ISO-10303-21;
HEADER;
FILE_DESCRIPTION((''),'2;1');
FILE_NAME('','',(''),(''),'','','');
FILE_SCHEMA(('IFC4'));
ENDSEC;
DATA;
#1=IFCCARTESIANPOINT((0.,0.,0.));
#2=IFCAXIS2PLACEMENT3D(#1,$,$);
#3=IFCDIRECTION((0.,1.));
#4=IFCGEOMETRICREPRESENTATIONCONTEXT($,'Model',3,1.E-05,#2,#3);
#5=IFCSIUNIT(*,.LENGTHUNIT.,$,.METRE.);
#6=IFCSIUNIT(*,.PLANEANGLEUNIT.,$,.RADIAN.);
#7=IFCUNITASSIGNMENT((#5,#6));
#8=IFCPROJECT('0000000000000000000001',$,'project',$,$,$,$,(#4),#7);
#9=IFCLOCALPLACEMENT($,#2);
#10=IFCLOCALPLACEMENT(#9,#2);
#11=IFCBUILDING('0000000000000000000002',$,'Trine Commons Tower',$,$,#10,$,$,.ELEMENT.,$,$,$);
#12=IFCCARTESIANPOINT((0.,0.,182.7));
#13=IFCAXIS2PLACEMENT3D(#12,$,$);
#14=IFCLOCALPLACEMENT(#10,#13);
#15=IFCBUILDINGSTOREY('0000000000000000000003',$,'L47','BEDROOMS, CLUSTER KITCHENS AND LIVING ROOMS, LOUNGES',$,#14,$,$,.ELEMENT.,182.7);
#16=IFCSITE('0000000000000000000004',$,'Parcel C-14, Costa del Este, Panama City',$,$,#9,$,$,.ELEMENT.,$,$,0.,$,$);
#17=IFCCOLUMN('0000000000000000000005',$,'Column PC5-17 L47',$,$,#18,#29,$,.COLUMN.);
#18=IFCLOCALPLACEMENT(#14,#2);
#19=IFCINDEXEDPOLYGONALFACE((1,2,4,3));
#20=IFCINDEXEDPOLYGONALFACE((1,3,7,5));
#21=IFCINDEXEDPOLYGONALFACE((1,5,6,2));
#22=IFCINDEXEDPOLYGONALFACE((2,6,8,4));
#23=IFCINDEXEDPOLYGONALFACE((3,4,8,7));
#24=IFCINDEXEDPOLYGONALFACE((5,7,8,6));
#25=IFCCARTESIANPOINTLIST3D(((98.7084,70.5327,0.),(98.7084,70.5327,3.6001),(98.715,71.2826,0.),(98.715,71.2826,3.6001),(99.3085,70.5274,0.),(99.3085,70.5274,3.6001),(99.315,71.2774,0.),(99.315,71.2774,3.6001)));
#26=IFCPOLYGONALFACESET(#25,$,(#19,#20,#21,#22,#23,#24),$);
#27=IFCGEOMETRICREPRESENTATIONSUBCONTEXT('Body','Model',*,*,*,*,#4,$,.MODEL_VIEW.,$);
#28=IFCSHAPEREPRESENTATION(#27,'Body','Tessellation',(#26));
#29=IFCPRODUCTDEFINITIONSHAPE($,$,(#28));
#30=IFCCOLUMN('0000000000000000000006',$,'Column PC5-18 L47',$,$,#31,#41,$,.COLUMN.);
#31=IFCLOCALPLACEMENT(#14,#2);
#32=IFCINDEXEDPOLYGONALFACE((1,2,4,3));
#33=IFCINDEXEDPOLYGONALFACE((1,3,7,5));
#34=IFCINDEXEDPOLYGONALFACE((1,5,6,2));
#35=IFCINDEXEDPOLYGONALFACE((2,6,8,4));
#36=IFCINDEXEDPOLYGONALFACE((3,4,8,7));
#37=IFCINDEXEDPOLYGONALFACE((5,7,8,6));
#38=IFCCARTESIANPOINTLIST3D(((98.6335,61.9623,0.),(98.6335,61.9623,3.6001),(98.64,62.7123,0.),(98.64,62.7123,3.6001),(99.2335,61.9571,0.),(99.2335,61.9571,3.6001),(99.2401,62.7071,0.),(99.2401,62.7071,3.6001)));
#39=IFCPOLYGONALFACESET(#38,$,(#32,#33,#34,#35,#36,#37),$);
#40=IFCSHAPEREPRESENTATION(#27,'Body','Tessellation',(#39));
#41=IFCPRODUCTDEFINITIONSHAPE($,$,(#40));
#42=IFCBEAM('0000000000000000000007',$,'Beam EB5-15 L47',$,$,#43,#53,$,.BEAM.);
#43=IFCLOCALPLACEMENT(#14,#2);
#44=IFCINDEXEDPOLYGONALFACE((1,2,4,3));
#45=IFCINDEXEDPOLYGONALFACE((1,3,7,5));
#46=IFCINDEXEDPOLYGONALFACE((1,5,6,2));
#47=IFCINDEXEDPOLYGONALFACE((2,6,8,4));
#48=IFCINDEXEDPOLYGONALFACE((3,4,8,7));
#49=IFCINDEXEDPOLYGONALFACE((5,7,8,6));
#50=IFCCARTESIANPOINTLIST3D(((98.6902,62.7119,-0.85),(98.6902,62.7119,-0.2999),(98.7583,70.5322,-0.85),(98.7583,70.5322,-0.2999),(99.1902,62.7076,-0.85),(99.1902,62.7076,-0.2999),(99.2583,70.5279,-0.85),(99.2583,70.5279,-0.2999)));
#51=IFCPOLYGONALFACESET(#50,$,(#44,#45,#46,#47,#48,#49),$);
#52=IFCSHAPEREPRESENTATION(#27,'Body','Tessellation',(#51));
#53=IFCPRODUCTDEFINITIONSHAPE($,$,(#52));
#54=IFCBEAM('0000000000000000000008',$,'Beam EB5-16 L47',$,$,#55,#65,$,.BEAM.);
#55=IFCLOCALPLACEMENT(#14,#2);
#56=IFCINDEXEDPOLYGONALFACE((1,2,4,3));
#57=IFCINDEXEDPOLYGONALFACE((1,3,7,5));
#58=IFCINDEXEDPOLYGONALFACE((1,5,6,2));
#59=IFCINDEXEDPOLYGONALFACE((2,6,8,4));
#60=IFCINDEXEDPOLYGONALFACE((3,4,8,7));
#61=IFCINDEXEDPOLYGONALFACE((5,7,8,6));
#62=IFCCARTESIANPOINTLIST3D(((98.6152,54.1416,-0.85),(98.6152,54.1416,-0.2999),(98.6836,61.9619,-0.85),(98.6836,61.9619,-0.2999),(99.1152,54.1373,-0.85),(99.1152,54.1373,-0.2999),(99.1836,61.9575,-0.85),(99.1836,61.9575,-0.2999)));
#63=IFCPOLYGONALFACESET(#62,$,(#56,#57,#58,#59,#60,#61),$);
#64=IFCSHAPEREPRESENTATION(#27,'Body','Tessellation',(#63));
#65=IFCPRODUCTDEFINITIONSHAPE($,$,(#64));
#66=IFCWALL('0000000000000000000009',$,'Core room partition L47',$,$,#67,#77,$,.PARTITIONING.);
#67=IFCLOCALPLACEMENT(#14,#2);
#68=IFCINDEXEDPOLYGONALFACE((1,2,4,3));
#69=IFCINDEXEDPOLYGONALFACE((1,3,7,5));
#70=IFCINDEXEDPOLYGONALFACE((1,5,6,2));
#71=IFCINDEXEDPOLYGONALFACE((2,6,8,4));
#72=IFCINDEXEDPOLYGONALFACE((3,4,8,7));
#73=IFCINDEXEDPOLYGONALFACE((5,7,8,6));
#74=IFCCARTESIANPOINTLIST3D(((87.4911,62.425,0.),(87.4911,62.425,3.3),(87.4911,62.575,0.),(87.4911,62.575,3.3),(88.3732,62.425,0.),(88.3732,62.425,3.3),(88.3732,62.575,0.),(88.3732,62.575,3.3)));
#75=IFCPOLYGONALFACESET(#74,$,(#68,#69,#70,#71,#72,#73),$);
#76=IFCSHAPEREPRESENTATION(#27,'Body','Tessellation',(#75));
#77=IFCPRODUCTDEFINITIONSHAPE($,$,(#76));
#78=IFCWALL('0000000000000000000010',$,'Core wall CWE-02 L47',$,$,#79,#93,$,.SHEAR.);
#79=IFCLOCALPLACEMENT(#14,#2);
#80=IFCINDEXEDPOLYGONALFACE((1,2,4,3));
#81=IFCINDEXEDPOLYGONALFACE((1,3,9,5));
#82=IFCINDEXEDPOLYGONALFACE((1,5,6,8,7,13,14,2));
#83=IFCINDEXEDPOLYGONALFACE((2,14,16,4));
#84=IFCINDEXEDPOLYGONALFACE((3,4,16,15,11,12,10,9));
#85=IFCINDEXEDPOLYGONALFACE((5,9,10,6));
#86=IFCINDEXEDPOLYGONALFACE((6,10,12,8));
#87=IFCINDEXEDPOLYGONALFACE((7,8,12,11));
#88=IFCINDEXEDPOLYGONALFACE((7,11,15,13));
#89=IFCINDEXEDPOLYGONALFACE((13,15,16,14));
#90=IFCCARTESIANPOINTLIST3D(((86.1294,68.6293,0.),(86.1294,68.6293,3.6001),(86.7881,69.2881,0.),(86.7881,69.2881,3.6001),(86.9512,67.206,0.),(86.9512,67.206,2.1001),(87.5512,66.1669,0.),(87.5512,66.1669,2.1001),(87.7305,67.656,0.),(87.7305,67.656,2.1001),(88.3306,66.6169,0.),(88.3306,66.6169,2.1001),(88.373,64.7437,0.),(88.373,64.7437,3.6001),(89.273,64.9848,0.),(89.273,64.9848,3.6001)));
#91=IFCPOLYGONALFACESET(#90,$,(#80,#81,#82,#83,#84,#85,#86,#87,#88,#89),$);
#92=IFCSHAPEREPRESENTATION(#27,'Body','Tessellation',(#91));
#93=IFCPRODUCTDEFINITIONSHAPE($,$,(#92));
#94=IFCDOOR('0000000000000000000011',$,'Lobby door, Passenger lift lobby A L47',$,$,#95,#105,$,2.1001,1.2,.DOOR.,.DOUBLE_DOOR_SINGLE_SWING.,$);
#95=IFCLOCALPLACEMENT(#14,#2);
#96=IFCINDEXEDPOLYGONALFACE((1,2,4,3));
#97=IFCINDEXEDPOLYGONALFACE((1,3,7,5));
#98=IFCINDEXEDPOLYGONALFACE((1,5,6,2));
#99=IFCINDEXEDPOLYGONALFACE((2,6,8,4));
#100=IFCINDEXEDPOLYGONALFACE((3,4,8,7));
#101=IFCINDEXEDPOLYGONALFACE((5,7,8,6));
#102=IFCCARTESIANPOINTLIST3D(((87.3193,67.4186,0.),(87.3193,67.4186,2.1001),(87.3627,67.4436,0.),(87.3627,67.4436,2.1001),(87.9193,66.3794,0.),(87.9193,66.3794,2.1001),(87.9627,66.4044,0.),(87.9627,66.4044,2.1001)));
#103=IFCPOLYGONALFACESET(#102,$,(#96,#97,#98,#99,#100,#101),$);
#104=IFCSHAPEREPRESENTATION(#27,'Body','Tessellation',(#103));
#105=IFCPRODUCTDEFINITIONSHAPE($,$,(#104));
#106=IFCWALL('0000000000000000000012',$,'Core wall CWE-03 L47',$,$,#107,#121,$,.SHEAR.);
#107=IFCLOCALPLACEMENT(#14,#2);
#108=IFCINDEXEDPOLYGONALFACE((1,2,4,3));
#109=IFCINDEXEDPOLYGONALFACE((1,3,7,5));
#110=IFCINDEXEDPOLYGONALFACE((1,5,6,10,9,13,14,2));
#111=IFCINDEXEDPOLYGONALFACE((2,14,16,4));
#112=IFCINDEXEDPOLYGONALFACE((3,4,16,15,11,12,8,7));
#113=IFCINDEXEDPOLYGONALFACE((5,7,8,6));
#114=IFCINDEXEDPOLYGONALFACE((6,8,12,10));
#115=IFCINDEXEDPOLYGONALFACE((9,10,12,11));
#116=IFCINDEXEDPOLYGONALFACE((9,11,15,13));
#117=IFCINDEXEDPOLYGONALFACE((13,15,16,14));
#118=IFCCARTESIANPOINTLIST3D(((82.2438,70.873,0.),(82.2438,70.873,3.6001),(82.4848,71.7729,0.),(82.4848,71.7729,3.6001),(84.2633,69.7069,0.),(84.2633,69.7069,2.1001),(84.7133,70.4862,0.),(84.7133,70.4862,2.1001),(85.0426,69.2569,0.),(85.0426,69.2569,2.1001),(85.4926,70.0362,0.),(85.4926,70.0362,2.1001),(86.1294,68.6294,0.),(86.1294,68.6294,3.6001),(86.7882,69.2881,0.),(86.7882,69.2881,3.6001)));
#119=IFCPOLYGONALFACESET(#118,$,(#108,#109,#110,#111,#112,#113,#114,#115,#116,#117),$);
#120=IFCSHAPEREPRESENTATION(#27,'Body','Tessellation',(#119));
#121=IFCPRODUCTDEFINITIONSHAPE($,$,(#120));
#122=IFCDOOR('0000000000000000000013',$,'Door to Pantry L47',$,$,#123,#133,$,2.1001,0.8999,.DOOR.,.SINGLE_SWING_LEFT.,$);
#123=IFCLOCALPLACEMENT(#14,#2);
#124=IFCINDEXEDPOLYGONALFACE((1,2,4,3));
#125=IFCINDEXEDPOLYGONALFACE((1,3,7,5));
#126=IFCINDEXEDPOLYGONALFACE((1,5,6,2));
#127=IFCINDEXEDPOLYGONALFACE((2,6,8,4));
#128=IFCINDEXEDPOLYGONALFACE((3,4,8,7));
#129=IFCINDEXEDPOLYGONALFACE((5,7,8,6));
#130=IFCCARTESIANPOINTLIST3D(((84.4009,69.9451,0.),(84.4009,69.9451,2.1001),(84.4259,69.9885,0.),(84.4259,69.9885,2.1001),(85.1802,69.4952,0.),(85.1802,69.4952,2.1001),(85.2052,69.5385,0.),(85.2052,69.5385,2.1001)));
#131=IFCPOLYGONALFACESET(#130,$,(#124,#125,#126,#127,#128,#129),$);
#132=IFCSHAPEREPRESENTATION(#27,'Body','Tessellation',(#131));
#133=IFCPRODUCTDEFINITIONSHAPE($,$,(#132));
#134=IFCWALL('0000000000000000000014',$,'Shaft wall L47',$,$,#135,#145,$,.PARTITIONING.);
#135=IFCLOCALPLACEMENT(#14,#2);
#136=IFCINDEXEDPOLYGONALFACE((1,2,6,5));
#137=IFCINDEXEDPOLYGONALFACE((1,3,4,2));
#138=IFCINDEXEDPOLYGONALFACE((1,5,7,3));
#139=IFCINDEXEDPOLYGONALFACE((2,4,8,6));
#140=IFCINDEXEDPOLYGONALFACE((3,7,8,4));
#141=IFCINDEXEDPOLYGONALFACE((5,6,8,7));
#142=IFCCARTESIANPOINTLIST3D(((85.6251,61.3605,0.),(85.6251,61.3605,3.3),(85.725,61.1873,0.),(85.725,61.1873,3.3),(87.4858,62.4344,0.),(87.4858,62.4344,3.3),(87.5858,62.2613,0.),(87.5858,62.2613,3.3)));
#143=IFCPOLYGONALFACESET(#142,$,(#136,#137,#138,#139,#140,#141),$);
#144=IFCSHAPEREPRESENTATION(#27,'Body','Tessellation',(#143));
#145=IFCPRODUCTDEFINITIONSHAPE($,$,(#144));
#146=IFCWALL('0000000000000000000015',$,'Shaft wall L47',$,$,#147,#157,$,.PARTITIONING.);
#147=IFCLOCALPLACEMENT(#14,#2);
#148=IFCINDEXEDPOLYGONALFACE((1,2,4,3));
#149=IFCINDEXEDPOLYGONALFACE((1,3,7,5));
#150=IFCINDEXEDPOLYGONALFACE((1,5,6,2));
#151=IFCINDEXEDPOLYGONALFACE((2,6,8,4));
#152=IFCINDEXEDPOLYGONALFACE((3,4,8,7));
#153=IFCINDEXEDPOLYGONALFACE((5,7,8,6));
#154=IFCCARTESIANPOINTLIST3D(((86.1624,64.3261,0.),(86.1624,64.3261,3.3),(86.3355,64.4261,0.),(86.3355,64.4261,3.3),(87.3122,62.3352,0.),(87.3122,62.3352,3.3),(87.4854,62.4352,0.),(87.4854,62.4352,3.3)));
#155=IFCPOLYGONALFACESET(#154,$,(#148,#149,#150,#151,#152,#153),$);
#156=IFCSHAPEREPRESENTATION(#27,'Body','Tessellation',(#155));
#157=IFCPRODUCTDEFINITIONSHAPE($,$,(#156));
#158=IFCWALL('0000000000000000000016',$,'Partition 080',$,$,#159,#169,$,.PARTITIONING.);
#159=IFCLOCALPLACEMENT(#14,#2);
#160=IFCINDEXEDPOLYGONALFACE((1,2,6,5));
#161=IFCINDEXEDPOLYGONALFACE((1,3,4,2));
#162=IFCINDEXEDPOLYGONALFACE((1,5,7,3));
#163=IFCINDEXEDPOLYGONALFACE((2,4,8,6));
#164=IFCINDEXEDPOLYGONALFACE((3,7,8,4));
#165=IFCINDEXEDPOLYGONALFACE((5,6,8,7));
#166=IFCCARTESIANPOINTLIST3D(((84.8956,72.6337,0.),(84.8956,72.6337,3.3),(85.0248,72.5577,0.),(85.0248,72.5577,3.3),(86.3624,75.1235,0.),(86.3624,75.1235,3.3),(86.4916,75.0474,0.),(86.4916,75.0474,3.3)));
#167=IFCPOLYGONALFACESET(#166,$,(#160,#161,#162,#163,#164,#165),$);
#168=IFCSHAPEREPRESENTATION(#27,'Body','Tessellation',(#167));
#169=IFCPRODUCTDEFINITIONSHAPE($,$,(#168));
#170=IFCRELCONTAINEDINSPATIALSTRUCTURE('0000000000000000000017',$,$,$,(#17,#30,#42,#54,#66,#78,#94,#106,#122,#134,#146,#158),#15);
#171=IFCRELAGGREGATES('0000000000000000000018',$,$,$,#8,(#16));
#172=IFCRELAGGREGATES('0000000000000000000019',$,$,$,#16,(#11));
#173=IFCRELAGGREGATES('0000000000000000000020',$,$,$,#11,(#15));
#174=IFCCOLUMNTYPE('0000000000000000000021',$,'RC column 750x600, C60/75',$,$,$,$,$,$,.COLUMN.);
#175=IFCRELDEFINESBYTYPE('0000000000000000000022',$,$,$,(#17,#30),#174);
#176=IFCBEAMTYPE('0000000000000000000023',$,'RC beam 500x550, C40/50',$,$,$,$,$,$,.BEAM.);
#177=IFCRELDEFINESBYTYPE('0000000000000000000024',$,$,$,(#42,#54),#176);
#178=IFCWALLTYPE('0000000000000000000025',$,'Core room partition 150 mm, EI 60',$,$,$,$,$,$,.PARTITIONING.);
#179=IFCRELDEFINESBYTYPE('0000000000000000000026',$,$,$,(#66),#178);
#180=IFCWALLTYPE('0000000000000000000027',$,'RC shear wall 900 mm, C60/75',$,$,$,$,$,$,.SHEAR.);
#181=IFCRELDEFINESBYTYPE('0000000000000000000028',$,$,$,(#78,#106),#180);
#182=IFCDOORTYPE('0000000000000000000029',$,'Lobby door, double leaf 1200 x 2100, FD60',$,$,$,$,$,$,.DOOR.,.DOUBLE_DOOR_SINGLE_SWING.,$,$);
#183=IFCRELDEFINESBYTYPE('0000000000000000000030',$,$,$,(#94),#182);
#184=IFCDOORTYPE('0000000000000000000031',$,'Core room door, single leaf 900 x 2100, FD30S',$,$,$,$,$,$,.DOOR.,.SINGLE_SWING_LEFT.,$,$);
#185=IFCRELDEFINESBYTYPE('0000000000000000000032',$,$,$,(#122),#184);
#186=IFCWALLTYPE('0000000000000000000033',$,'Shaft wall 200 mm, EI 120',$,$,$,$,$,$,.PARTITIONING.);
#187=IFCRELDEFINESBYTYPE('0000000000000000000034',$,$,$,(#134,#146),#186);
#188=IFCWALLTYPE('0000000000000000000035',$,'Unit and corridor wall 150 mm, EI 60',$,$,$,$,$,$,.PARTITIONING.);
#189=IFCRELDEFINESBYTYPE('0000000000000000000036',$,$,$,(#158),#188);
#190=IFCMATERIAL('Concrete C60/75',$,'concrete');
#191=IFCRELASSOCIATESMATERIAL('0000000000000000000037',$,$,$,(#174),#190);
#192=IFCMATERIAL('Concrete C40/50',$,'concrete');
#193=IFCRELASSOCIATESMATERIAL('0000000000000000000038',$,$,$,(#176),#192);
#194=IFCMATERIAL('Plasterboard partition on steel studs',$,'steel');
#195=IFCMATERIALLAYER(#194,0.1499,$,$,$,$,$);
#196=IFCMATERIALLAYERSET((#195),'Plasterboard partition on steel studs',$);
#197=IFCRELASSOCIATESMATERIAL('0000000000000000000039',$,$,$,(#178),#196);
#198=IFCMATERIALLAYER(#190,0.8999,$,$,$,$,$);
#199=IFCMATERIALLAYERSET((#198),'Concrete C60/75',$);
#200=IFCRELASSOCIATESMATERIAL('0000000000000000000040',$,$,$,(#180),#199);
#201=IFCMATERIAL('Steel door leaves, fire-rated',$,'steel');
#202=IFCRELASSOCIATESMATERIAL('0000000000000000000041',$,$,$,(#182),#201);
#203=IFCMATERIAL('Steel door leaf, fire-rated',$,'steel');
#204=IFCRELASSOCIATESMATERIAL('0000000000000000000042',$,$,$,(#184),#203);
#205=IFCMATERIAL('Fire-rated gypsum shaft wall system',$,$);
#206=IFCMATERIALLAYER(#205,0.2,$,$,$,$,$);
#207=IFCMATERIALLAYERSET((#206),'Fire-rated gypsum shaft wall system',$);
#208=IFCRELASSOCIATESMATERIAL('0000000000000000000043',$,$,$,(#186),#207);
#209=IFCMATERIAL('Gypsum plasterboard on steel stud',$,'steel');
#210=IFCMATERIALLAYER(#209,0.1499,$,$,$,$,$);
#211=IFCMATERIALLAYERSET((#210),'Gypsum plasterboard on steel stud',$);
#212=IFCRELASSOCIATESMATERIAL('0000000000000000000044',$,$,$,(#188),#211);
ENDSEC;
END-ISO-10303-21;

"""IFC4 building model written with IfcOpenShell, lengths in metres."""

from ifc_helpers import new_model, si_unit, direction, frame, frame_2d, origin, origin_2d, place, context, subcontext, project, spatial, polyline, rectangle, outline, extrude, material, layer, layer_set, material_profile, profile_set, type_object, element, fill, save


model = new_model("IFC4")

# Units and contexts
model_context = context("Model", 3, precision=1e-05, world=origin(), true_north=direction((0.0, 1.0)))
body_context = subcontext(model_context, "Body", "Model", "MODEL_VIEW")
ifc_project = project(units=[si_unit("LENGTHUNIT", "METRE"), si_unit("PLANEANGLEUNIT", "RADIAN")], contexts=[model_context])

# Site, building, storey
site_placement = place(None, origin())
site = spatial("IfcSite", under=ifc_project, at=site_placement, Name="Parcel C-14, Costa del Este, Panama City", CompositionType="ELEMENT", RefElevation=0.0)
building_placement = place(site_placement, origin())
building = spatial("IfcBuilding", under=site, at=building_placement, Name="Trine Commons Tower", CompositionType="ELEMENT")
storey_placement = place(building_placement, frame((0.0, 0.0, 182.7)))
storey = spatial("IfcBuildingStorey", under=building, at=storey_placement, Name="L47", Description="BEDROOMS, CLUSTER KITCHENS AND LIVING ROOMS, LOUNGES", CompositionType="ELEMENT", Elevation=182.7)

# Columns
ifc_material_1 = material(Name="Concrete C60/75", Category="concrete")
ifc_material_profile_1 = material_profile(ifc_material_1, rectangle(XDim=0.75, YDim=0.6001, at=origin_2d()), Name="RC 750x600")
ifc_profile_set_1 = profile_set([ifc_material_profile_1], Name="Concrete C60/75")
column_type = type_object("IfcColumnType", Name="RC column 750x600, C60/75", PredefinedType="COLUMN", material=ifc_profile_set_1)
for number, where, z_axis, x_axis, name in (
    (1, (99.0117, 70.905, 0.0), (0.0, 0.0, 1.0), (0.008727, 0.999962, 0.0), "Column PC5-17 L47"),
    (2, (98.9368, 62.3347, 0.0), (0.0, 0.0, 1.0), (0.008727, 0.999962, 0.0), "Column PC5-18 L47"),
):
    element("IfcColumn", number, at=place(storey_placement, frame(where, z_axis=z_axis, x_axis=x_axis)), inside=storey, type_object=column_type, Name=name, PredefinedType="COLUMN", context=body_context, shape_type="SweptSolid", body=[
        extrude(rectangle(XDim=0.75, YDim=0.6001, at=origin_2d()), origin(), (0.0, 0.0, 1.0), 3.6001),
    ])

# Beams
ifc_material_2 = material(Name="Concrete C40/50", Category="concrete")
ifc_material_profile_2 = material_profile(ifc_material_2, rectangle(XDim=0.5, YDim=0.55, at=origin_2d()), Name="RC 500x550")
ifc_profile_set_2 = profile_set([ifc_material_profile_2], Name="Concrete C40/50")
beam_type = type_object("IfcBeamType", Name="RC beam 500x550, C40/50", PredefinedType="BEAM", material=ifc_profile_set_2)
for number, where, z_axis, x_axis, name in (
    (3, (99.0083, 70.53, -0.575), (-0.00871, -0.999962, 0.0), (0.999962, -0.00871, 0.0), "Beam EB5-15 L47"),
    (4, (98.9336, 61.9597, -0.575), (-0.008741, -0.999962, 0.0), (0.999962, -0.008741, 0.0), "Beam EB5-16 L47"),
):
    element("IfcBeam", number, at=place(storey_placement, frame(where, z_axis=z_axis, x_axis=x_axis)), inside=storey, type_object=beam_type, Name=name, PredefinedType="BEAM", context=body_context, shape_type="SweptSolid", body=[
        extrude(rectangle(XDim=0.5, YDim=0.55, at=origin_2d()), origin(), (0.0, 0.0, 1.0), 7.8206),
    ])

# Wall
ifc_material_3 = material(Name="Plasterboard partition on steel studs", Category="steel")
ifc_layer_1 = layer(ifc_material_3, 0.1499)
ifc_layer_set_1 = layer_set([ifc_layer_1], Name="Plasterboard partition on steel studs")
wall_type_1 = type_object("IfcWallType", Name="Core room partition 150 mm, EI 60", PredefinedType="PARTITIONING", material=ifc_layer_set_1)
wall_1_placement = place(storey_placement, frame((88.373, 62.5, 0.0), z_axis=(0.0, 0.0, 1.0), x_axis=(-1.0, 0.0, 0.0)))
element("IfcWall", 5, at=wall_1_placement, inside=storey, type_object=wall_type_1, Name="Core room partition L47", PredefinedType="PARTITIONING", context=body_context, shape_type="SweptSolid", body=[
    extrude(rectangle(XDim=0.8821, YDim=0.1499, at=frame_2d((0.4409, 0.0))), origin(), (0.0, 0.0, 1.0), 3.3),
])

# Walls, openings, doors
ifc_layer_2 = layer(ifc_material_1, 0.8999)
ifc_layer_set_2 = layer_set([ifc_layer_2], Name="Concrete C60/75")
wall_type_2 = type_object("IfcWallType", Name="RC shear wall 900 mm, C60/75", PredefinedType="SHEAR", material=ifc_layer_set_2)
wall_2_placement = place(storey_placement, frame((88.8833, 64.7598, 0.0), z_axis=(0.0, 0.0, 1.0), x_axis=(-0.500039, 0.866003, 0.0)))
wall_2 = element("IfcWall", 6, at=wall_2_placement, inside=storey, type_object=wall_type_2, Name="Core wall CWE-02 L47", PredefinedType="SHEAR", context=body_context, shape_type="SweptSolid", body=[
    extrude(outline(polyline([(0.0, -0.45), (4.9692, -0.45), (4.728, 0.45), (0.2412, 0.45), (0.0, -0.45)])), origin(), (0.0, 0.0, 1.0), 3.6001),
])
opening_1_placement = place(wall_2_placement, frame((1.8845, 0.0, 0.0)))
opening_1 = element("IfcOpeningElement", 7, at=opening_1_placement, cuts=wall_2, PredefinedType="OPENING", context=body_context, shape_type="SweptSolid", body=[
    extrude(rectangle(XDim=1.2, YDim=2.1001, at=frame_2d((0.6001, 1.05))), frame((0.0, 0.46, 0.0), z_axis=(0.0, -1.0, 0.0), x_axis=(1.0, 0.0, 0.0)), (0.0, 0.0, 1.0), 0.9199),
])
ifc_material_4 = material(Name="Steel door leaves, fire-rated", Category="steel")
door_type_1 = type_object("IfcDoorType", Name="Lobby door, double leaf 1200 x 2100, FD60", OperationType="DOUBLE_DOOR_SINGLE_SWING", PredefinedType="DOOR", material=ifc_material_4)
door_1_placement = place(opening_1_placement, origin())
door_1 = element("IfcDoor", 8, at=door_1_placement, inside=storey, type_object=door_type_1, Name="Lobby door, Passenger lift lobby A L47", OperationType="DOUBLE_DOOR_SINGLE_SWING", OverallHeight=2.1001, OverallWidth=1.2, PredefinedType="DOOR", context=body_context, shape_type="SweptSolid", body=[
    extrude(rectangle(XDim=1.2, YDim=2.1001, at=frame_2d((0.6001, 1.05))), frame((0.0, 0.0249, 0.0), z_axis=(0.0, -1.0, 0.0), x_axis=(1.0, 0.0, 0.0)), (0.0, 0.0, 1.0), 0.05),
])
fill(opening_1, door_1)
wall_3_placement = place(storey_placement, frame((86.5632, 68.8984, 0.0), z_axis=(0.0, 0.0, 1.0), x_axis=(-0.866003, 0.500039, 0.0)))
wall_3 = element("IfcWall", 9, at=wall_3_placement, inside=storey, type_object=wall_type_2, Name="Core wall CWE-03 L47", PredefinedType="SHEAR", context=body_context, shape_type="SweptSolid", body=[
    extrude(outline(polyline([(0.0, -0.45), (4.9692, -0.45), (4.728, 0.45), (0.2412, 0.45), (0.0, -0.45)])), origin(), (0.0, 0.0, 1.0), 3.6001),
])
opening_2_placement = place(wall_3_placement, frame((1.4961, 0.0, 0.0)))
opening_2 = element("IfcOpeningElement", 10, at=opening_2_placement, cuts=wall_3, PredefinedType="OPENING", context=body_context, shape_type="SweptSolid", body=[
    extrude(rectangle(XDim=0.8999, YDim=2.1001, at=frame_2d((0.45, 1.05))), frame((0.0, 0.46, 0.0), z_axis=(0.0, -1.0, 0.0), x_axis=(1.0, 0.0, 0.0)), (0.0, 0.0, 1.0), 0.9199),
])
ifc_material_5 = material(Name="Steel door leaf, fire-rated", Category="steel")
door_type_2 = type_object("IfcDoorType", Name="Core room door, single leaf 900 x 2100, FD30S", OperationType="SINGLE_SWING_LEFT", PredefinedType="DOOR", material=ifc_material_5)
door_2_placement = place(opening_2_placement, origin())
door_2 = element("IfcDoor", 11, at=door_2_placement, inside=storey, type_object=door_type_2, Name="Door to Pantry L47", OperationType="SINGLE_SWING_LEFT", OverallHeight=2.1001, OverallWidth=0.8999, PredefinedType="DOOR", context=body_context, shape_type="SweptSolid", body=[
    extrude(rectangle(XDim=0.8999, YDim=2.1001, at=frame_2d((0.45, 1.05))), frame((0.0, 0.1748, 0.0), z_axis=(0.0, -1.0, 0.0), x_axis=(1.0, 0.0, 0.0)), (0.0, 0.0, 1.0), 0.05),
])
fill(opening_2, door_2)

# Walls
ifc_material_6 = material(Name="Fire-rated gypsum shaft wall system")
ifc_layer_3 = layer(ifc_material_6, 0.2)
ifc_layer_set_3 = layer_set([ifc_layer_3], Name="Fire-rated gypsum shaft wall system")
wall_type_3 = type_object("IfcWallType", Name="Shaft wall 200 mm, EI 120", PredefinedType="PARTITIONING", material=ifc_layer_set_3)
wall_4_placement = place(storey_placement, frame((85.675, 61.2739, 0.0), z_axis=(0.0, 0.0, 1.0), x_axis=(0.866102, 0.499867, 0.0)))
element("IfcWall", 12, at=wall_4_placement, inside=storey, type_object=wall_type_3, Name="Shaft wall L47", PredefinedType="PARTITIONING", context=body_context, shape_type="SweptSolid", body=[
    extrude(rectangle(XDim=2.1484, YDim=0.2, at=frame_2d((1.0742, 0.0))), origin(), (0.0, 0.0, 1.0), 3.3),
])
wall_5_placement = place(storey_placement, frame((86.249, 64.376, 0.0), z_axis=(0.0, 0.0, 1.0), x_axis=(0.500136, -0.865947, 0.0)))
element("IfcWall", 13, at=wall_5_placement, inside=storey, type_object=wall_type_3, Name="Shaft wall L47", PredefinedType="PARTITIONING", context=body_context, shape_type="SweptSolid", body=[
    extrude(rectangle(XDim=2.2991, YDim=0.2, at=frame_2d((1.1494, 0.0))), origin(), (0.0, 0.0, 1.0), 3.3),
])
ifc_material_7 = material(Name="Gypsum plasterboard on steel stud", Category="steel")
ifc_layer_4 = layer(ifc_material_7, 0.1499)
ifc_layer_set_4 = layer_set([ifc_layer_4], Name="Gypsum plasterboard on steel stud")
wall_type_4 = type_object("IfcWallType", Name="Unit and corridor wall 150 mm, EI 60", PredefinedType="PARTITIONING", material=ifc_layer_set_4)
wall_6_placement = place(storey_placement, frame((84.9602, 72.5957, 0.0), z_axis=(0.0, 0.0, 1.0), x_axis=(0.507596, 0.861595, 0.0)))
element("IfcWall", 14, at=wall_6_placement, inside=storey, type_object=wall_type_4, Name="Partition 080", PredefinedType="PARTITIONING", context=body_context, shape_type="SweptSolid", body=[
    extrude(rectangle(XDim=2.8896, YDim=0.1499, at=frame_2d((1.4448, 0.0))), origin(), (0.0, 0.0, 1.0), 3.3),
])

save(model, "model.ifc")
